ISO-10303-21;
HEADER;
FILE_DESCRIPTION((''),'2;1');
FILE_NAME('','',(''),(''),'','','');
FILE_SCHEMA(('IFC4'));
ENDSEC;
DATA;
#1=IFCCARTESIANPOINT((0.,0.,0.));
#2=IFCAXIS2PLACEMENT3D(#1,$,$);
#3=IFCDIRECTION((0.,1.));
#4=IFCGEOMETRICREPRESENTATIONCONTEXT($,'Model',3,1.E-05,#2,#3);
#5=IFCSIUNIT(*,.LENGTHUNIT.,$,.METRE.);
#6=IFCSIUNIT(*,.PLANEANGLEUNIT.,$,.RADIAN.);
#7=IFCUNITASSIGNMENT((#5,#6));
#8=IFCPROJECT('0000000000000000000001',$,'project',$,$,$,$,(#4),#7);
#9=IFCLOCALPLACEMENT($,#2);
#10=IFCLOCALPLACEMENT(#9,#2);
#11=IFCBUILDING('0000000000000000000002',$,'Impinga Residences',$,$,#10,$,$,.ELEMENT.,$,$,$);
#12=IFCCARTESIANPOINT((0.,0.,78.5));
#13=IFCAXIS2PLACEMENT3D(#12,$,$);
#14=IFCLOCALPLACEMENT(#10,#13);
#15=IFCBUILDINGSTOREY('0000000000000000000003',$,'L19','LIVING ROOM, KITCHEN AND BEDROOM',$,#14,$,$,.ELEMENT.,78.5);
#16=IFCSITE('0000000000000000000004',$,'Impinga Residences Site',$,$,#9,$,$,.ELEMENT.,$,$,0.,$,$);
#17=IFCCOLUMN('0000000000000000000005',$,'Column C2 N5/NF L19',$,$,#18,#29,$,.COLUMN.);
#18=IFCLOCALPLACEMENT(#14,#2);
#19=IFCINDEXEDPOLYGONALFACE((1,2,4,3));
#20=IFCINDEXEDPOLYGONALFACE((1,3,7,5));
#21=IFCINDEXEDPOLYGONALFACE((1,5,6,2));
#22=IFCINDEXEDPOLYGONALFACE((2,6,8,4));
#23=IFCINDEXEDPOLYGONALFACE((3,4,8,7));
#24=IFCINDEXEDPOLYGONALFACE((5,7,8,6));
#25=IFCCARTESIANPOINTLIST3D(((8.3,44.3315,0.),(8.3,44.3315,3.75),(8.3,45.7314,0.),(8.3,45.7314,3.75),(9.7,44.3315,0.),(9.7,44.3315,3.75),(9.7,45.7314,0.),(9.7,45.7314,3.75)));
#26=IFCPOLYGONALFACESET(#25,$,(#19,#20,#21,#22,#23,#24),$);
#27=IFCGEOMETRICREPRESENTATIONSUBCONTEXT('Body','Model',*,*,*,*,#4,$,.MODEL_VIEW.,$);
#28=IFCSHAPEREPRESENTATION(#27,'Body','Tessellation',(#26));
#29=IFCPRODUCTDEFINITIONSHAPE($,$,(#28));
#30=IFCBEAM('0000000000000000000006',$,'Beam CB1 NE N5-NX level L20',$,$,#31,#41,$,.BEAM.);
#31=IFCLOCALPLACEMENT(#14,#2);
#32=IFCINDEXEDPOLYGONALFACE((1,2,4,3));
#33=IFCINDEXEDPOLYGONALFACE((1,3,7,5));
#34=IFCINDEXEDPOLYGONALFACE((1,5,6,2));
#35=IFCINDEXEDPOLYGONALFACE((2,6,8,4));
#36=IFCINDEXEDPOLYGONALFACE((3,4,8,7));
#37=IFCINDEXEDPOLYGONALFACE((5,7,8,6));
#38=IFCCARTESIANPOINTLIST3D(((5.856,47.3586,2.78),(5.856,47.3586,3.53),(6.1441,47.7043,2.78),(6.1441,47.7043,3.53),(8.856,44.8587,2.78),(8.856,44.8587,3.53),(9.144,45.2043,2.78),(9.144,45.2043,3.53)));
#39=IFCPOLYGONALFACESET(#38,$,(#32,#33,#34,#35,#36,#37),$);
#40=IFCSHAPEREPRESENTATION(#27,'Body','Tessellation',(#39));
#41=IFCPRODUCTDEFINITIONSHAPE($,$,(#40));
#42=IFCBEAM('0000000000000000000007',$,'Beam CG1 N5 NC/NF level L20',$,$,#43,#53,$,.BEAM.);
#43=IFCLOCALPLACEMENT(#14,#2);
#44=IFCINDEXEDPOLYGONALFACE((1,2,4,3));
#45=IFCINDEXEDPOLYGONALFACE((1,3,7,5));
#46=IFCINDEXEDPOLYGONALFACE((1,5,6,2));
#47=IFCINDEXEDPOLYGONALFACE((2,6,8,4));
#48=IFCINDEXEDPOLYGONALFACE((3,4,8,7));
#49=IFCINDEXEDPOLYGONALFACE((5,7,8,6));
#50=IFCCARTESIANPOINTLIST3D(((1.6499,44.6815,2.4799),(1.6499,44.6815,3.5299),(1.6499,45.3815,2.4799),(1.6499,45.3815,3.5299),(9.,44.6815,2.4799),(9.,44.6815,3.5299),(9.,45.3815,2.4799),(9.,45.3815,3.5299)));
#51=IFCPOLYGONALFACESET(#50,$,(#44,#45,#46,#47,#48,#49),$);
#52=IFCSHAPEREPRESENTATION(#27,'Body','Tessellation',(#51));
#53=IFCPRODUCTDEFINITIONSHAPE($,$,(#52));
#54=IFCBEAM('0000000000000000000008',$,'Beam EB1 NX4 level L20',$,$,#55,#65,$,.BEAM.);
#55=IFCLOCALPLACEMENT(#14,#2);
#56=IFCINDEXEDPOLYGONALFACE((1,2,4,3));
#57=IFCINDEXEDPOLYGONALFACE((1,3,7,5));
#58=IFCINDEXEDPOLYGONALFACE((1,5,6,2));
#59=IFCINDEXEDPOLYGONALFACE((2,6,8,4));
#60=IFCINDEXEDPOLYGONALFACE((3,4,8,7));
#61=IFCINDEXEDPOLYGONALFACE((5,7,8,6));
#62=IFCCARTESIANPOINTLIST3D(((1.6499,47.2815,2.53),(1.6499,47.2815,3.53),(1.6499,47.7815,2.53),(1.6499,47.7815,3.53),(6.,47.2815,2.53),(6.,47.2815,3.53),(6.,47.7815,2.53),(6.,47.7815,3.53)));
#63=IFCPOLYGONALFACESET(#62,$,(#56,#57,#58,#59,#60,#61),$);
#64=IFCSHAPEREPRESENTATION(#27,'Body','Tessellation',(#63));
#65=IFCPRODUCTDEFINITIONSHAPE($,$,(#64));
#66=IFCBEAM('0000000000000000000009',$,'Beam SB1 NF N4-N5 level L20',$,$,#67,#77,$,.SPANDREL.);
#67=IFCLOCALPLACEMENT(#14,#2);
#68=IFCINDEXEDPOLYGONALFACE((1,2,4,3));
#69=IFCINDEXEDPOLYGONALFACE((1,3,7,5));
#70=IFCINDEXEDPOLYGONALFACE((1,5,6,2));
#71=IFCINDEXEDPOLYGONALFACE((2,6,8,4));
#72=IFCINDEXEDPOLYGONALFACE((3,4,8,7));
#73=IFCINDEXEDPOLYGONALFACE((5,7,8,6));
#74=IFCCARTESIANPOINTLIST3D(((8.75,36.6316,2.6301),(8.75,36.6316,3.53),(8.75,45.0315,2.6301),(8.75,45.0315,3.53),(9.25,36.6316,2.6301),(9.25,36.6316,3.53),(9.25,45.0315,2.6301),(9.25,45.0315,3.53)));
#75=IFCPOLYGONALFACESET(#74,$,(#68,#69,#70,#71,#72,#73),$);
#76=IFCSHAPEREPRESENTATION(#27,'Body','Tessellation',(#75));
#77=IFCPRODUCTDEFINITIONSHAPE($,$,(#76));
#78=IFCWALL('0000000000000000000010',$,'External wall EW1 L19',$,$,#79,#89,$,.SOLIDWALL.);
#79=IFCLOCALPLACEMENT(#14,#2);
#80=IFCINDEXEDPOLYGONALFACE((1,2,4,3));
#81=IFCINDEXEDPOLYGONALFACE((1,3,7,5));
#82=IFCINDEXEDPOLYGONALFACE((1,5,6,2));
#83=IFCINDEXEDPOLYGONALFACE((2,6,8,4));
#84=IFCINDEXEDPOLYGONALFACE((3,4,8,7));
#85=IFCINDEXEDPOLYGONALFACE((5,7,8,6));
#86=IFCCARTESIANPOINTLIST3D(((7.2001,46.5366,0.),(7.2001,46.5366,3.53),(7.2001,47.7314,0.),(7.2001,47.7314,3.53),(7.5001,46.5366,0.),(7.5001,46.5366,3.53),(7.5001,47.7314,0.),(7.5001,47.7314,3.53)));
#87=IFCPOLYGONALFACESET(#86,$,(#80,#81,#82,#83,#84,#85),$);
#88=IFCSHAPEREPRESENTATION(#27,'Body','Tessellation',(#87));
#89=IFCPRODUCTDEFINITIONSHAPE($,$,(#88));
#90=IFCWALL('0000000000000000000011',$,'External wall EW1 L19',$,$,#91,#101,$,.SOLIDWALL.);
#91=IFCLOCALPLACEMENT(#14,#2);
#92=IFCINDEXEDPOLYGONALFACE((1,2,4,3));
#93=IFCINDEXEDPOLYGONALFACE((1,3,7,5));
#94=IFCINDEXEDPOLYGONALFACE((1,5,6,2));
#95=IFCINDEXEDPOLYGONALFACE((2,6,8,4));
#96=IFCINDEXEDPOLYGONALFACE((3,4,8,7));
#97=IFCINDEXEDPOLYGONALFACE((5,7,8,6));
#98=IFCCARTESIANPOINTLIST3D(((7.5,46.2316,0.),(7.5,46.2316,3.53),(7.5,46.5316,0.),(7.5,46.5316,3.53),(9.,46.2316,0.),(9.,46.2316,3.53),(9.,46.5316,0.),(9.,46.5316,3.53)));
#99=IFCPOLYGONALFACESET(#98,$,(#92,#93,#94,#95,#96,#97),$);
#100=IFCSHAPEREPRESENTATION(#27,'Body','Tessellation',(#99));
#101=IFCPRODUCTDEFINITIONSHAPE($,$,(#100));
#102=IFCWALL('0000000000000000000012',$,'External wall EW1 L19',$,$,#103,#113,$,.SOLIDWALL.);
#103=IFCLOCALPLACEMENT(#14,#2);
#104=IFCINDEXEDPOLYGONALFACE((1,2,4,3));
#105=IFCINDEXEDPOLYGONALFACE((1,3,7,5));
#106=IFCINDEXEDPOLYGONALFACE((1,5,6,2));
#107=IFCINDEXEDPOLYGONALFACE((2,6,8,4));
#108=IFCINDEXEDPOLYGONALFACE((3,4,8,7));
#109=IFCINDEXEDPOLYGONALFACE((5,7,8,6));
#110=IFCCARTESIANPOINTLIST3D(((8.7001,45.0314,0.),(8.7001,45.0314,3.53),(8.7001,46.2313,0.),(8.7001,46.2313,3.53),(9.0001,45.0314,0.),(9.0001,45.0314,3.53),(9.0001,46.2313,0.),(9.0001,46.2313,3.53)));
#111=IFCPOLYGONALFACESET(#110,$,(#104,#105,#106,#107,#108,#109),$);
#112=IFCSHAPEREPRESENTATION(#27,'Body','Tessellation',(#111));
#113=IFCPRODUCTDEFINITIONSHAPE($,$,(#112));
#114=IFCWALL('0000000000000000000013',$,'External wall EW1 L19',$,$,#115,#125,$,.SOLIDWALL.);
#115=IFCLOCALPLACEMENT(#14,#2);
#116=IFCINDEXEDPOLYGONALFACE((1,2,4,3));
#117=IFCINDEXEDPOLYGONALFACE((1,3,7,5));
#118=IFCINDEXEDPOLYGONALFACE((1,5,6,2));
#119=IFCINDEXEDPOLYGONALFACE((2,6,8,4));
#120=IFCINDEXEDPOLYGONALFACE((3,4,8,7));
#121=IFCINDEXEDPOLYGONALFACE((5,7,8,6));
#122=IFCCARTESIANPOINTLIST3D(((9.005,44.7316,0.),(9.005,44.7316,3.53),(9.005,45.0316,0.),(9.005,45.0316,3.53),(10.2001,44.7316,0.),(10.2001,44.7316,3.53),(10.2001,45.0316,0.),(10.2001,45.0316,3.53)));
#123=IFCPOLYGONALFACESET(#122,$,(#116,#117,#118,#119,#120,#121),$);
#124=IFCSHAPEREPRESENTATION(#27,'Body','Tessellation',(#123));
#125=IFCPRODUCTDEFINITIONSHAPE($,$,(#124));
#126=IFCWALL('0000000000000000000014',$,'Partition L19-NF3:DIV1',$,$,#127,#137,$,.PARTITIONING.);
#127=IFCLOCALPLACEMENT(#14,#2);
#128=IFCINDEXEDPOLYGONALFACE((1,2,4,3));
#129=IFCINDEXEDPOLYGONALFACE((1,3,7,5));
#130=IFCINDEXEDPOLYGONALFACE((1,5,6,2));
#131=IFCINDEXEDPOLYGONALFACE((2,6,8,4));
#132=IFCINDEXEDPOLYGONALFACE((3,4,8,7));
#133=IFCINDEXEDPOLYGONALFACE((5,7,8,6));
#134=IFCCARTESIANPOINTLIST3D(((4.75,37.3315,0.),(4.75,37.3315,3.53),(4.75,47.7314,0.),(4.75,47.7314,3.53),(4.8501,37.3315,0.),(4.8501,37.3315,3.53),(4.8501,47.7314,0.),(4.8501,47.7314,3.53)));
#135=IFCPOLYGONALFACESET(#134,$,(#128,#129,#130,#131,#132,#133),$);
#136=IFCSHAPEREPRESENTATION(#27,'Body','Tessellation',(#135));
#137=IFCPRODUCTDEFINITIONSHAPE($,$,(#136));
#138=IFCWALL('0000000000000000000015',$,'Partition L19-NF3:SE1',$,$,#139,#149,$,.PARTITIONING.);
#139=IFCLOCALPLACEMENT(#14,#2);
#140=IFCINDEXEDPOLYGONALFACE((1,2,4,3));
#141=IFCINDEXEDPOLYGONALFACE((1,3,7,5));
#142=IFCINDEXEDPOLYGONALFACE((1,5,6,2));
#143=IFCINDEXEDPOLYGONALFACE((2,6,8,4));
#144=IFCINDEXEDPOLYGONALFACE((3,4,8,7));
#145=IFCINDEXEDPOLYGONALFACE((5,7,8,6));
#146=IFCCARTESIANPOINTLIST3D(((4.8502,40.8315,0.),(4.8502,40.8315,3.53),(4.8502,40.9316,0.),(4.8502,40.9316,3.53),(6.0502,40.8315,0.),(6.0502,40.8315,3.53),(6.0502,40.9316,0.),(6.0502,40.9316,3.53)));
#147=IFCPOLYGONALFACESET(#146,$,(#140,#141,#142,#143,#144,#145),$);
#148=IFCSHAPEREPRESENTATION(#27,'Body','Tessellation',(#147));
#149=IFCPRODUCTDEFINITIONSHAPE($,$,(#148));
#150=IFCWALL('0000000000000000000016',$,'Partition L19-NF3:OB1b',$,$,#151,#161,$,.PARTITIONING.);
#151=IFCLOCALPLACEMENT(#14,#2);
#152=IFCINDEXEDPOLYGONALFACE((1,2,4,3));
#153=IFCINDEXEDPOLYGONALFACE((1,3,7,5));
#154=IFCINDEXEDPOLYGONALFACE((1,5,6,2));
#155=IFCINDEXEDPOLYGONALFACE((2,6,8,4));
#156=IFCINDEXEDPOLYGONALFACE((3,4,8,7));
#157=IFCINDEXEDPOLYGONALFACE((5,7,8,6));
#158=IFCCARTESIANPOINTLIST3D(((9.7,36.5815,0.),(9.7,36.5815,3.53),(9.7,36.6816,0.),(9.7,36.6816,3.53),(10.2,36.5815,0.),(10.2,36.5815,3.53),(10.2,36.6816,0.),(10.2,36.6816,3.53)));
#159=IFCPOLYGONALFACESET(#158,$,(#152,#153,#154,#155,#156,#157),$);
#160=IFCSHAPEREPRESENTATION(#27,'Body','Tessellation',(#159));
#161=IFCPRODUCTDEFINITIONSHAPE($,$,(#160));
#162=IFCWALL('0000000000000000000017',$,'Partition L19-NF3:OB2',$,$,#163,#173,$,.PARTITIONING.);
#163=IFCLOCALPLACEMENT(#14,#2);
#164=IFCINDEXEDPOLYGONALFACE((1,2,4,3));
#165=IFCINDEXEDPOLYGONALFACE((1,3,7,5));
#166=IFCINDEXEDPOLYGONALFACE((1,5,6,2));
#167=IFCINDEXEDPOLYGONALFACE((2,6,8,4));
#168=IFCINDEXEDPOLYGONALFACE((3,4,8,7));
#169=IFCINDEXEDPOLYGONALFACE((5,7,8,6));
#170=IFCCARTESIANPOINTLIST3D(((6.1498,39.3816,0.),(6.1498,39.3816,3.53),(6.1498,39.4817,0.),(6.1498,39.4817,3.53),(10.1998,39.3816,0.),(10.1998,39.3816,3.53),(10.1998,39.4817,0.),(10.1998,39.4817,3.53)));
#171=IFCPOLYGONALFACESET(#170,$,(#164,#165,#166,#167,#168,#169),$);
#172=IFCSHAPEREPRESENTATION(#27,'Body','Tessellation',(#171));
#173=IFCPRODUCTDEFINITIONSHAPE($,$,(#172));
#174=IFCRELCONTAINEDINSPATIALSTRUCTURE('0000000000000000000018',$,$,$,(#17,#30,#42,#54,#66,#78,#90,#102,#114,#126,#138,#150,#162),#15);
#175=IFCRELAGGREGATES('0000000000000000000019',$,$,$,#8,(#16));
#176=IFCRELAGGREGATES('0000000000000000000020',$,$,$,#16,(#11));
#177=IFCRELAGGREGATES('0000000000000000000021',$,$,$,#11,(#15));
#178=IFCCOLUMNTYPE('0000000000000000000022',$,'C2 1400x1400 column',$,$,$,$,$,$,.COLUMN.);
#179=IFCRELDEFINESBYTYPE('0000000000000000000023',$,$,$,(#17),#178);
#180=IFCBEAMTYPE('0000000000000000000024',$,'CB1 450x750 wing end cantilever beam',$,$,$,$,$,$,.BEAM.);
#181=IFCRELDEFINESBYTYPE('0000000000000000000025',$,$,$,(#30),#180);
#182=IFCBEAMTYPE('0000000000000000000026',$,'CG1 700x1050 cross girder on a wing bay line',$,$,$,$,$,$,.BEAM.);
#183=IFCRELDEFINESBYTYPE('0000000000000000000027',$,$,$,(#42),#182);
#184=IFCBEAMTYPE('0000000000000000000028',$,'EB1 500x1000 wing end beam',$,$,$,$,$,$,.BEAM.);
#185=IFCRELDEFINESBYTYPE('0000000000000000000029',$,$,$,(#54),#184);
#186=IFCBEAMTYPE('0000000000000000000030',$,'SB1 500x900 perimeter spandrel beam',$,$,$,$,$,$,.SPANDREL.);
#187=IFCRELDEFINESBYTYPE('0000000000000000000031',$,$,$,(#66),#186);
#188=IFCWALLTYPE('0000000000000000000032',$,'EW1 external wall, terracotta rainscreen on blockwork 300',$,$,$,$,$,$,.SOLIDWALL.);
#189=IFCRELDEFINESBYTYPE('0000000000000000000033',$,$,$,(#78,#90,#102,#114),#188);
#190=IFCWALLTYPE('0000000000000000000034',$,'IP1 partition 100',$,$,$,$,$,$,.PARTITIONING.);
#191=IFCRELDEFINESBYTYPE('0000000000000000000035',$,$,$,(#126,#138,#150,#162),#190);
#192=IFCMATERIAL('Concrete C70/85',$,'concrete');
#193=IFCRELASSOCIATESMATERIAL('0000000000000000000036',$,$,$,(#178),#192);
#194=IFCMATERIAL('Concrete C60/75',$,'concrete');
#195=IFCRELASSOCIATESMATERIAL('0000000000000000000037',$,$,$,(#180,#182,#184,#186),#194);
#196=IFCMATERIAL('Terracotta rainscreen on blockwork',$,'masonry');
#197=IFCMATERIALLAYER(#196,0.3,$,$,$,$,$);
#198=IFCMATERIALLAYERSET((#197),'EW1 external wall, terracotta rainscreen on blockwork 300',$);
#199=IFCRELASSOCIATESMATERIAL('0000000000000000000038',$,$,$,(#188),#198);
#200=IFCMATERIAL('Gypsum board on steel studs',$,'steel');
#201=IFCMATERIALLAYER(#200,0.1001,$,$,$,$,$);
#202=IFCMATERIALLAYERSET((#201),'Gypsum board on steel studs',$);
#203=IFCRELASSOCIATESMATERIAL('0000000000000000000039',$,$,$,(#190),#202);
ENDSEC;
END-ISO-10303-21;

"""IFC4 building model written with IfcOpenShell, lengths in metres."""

from ifc_helpers import new_model, si_unit, direction, frame, frame_2d, origin, origin_2d, place, context, subcontext, project, spatial, rectangle, extrude, material, layer, layer_set, material_profile, profile_set, type_object, element, save


model = new_model("IFC4")

# Units and contexts
model_context = context("Model", 3, precision=1e-05, world=origin(), true_north=direction((0.0, 1.0)))
body_context = subcontext(model_context, "Body", "Model", "MODEL_VIEW")
ifc_project = project(units=[si_unit("LENGTHUNIT", "METRE"), si_unit("PLANEANGLEUNIT", "RADIAN")], contexts=[model_context])

# Site, building, storey
site_placement = place(None, origin())
site = spatial("IfcSite", under=ifc_project, at=site_placement, Name="Impinga Residences Site", CompositionType="ELEMENT", RefElevation=0.0)
building_placement = place(site_placement, origin())
building = spatial("IfcBuilding", under=site, at=building_placement, Name="Impinga Residences", CompositionType="ELEMENT")
storey_placement = place(building_placement, frame((0.0, 0.0, 78.5)))
storey = spatial("IfcBuildingStorey", under=building, at=storey_placement, Name="L19", Description="LIVING ROOM, KITCHEN AND BEDROOM", CompositionType="ELEMENT", Elevation=78.5)

# Column
ifc_material_1 = material(Name="Concrete C70/85", Category="concrete")
ifc_material_profile_1 = material_profile(ifc_material_1, rectangle(XDim=1.3999, YDim=1.3999, at=origin_2d()), Name="RC 1400x1400")
ifc_profile_set_1 = profile_set([ifc_material_profile_1], Name="Concrete C70/85")
column_type = type_object("IfcColumnType", Name="C2 1400x1400 column", PredefinedType="COLUMN", material=ifc_profile_set_1)
column_placement = place(storey_placement, frame((9.0, 45.0315, 0.0), z_axis=(0.0, 0.0, 1.0), x_axis=(1.0, 0.0, 0.0)))
element("IfcColumn", 1, at=column_placement, inside=storey, type_object=column_type, Name="Column C2 N5/NF L19", PredefinedType="COLUMN", context=body_context, shape_type="SweptSolid", body=[
    extrude(rectangle(XDim=1.3999, YDim=1.3999, at=origin_2d()), origin(), (0.0, 0.0, 1.0), 3.75),
])

# Beams
ifc_material_2 = material(Name="Concrete C60/75", Category="concrete")
ifc_material_profile_2 = material_profile(ifc_material_2, rectangle(XDim=0.45, YDim=0.75, at=origin_2d()), Name="RC 450x750")
ifc_profile_set_2 = profile_set([ifc_material_profile_2], Name="Concrete C60/75")
beam_type_1 = type_object("IfcBeamType", Name="CB1 450x750 wing end cantilever beam", PredefinedType="BEAM", material=ifc_profile_set_2)
beam_1_placement = place(storey_placement, frame((9.0, 45.0315, 3.155), z_axis=(-0.768221, 0.640184, 0.0), x_axis=(-0.640184, -0.768221, 0.0)))
element("IfcBeam", 2, at=beam_1_placement, inside=storey, type_object=beam_type_1, Name="Beam CB1 NE N5-NX level L20", PredefinedType="BEAM", context=body_context, shape_type="SweptSolid", body=[
    extrude(rectangle(XDim=0.45, YDim=0.75, at=origin_2d()), origin(), (0.0, 0.0, 1.0), 3.905),
])
ifc_material_profile_3 = material_profile(ifc_material_2, rectangle(XDim=0.7, YDim=1.05, at=origin_2d()), Name="RC 700x1050")
ifc_profile_set_3 = profile_set([ifc_material_profile_3], Name="Concrete C60/75")
beam_type_2 = type_object("IfcBeamType", Name="CG1 700x1050 cross girder on a wing bay line", PredefinedType="BEAM", material=ifc_profile_set_3)
beam_2_placement = place(storey_placement, frame((1.6499, 45.0315, 3.0049), z_axis=(1.0, 0.0, 0.0), x_axis=(0.0, 1.0, 0.0)))
element("IfcBeam", 3, at=beam_2_placement, inside=storey, type_object=beam_type_2, Name="Beam CG1 N5 NC/NF level L20", PredefinedType="BEAM", context=body_context, shape_type="SweptSolid", body=[
    extrude(rectangle(XDim=0.7, YDim=1.05, at=origin_2d()), origin(), (0.0, 0.0, 1.0), 7.3501),
])
ifc_material_profile_4 = material_profile(ifc_material_2, rectangle(XDim=0.5, YDim=1.0, at=origin_2d()), Name="RC 500x1000")
ifc_profile_set_4 = profile_set([ifc_material_profile_4], Name="Concrete C60/75")
beam_type_3 = type_object("IfcBeamType", Name="EB1 500x1000 wing end beam", PredefinedType="BEAM", material=ifc_profile_set_4)
beam_3_placement = place(storey_placement, frame((1.6499, 47.5315, 3.03), z_axis=(1.0, 0.0, 0.0), x_axis=(0.0, 1.0, 0.0)))
element("IfcBeam", 4, at=beam_3_placement, inside=storey, type_object=beam_type_3, Name="Beam EB1 NX4 level L20", PredefinedType="BEAM", context=body_context, shape_type="SweptSolid", body=[
    extrude(rectangle(XDim=0.5, YDim=1.0, at=origin_2d()), origin(), (0.0, 0.0, 1.0), 4.3501),
])
ifc_material_profile_5 = material_profile(ifc_material_2, rectangle(XDim=0.5, YDim=0.8999, at=origin_2d()), Name="RC 500x900")
ifc_profile_set_5 = profile_set([ifc_material_profile_5], Name="Concrete C60/75")
beam_type_4 = type_object("IfcBeamType", Name="SB1 500x900 perimeter spandrel beam", PredefinedType="SPANDREL", material=ifc_profile_set_5)
beam_4_placement = place(storey_placement, frame((9.0, 36.6316, 3.0801), z_axis=(0.0, 1.0, 0.0), x_axis=(-1.0, 0.0, 0.0)))
element("IfcBeam", 5, at=beam_4_placement, inside=storey, type_object=beam_type_4, Name="Beam SB1 NF N4-N5 level L20", PredefinedType="SPANDREL", context=body_context, shape_type="SweptSolid", body=[
    extrude(rectangle(XDim=0.5, YDim=0.8999, at=origin_2d()), origin(), (0.0, 0.0, 1.0), 8.3999),
])

# Walls
ifc_material_3 = material(Name="Terracotta rainscreen on blockwork", Category="masonry")
ifc_layer_1 = layer(ifc_material_3, 0.3)
ifc_layer_set_1 = layer_set([ifc_layer_1], Name="EW1 external wall, terracotta rainscreen on blockwork 300")
wall_type_1 = type_object("IfcWallType", Name="EW1 external wall, terracotta rainscreen on blockwork 300", PredefinedType="SOLIDWALL", material=ifc_layer_set_1)
wall_1_placement = place(storey_placement, frame((7.3501, 47.7314, 0.0), z_axis=(0.0, 0.0, 1.0), x_axis=(0.0, -1.0, 0.0)))
element("IfcWall", 6, at=wall_1_placement, inside=storey, type_object=wall_type_1, Name="External wall EW1 L19", PredefinedType="SOLIDWALL", context=body_context, shape_type="SweptSolid", body=[
    extrude(rectangle(XDim=1.1948, YDim=0.3, at=frame_2d((0.5974, 0.0))), origin(), (0.0, 0.0, 1.0), 3.53),
])
wall_2_placement = place(storey_placement, frame((7.5, 46.3816, 0.0), z_axis=(0.0, 0.0, 1.0), x_axis=(1.0, 0.0, 0.0)))
element("IfcWall", 7, at=wall_2_placement, inside=storey, type_object=wall_type_1, Name="External wall EW1 L19", PredefinedType="SOLIDWALL", context=body_context, shape_type="SweptSolid", body=[
    extrude(rectangle(XDim=1.5, YDim=0.3, at=frame_2d((0.75, 0.0))), origin(), (0.0, 0.0, 1.0), 3.53),
])
wall_3_placement = place(storey_placement, frame((8.8501, 46.2314, 0.0), z_axis=(0.0, 0.0, 1.0), x_axis=(0.0, -1.0, 0.0)))
element("IfcWall", 8, at=wall_3_placement, inside=storey, type_object=wall_type_1, Name="External wall EW1 L19", PredefinedType="SOLIDWALL", context=body_context, shape_type="SweptSolid", body=[
    extrude(rectangle(XDim=1.2, YDim=0.3, at=frame_2d((0.6001, 0.0))), origin(), (0.0, 0.0, 1.0), 3.53),
])
wall_4_placement = place(storey_placement, frame((9.0049, 44.8816, 0.0), z_axis=(0.0, 0.0, 1.0), x_axis=(1.0, 0.0, 0.0)))
element("IfcWall", 9, at=wall_4_placement, inside=storey, type_object=wall_type_1, Name="External wall EW1 L19", PredefinedType="SOLIDWALL", context=body_context, shape_type="SweptSolid", body=[
    extrude(rectangle(XDim=1.1951, YDim=0.3, at=frame_2d((0.5977, 0.0))), origin(), (0.0, 0.0, 1.0), 3.53),
])

# Walls
ifc_material_4 = material(Name="Gypsum board on steel studs", Category="steel")
ifc_layer_2 = layer(ifc_material_4, 0.1001)
ifc_layer_set_2 = layer_set([ifc_layer_2], Name="Gypsum board on steel studs")
wall_type_2 = type_object("IfcWallType", Name="IP1 partition 100", PredefinedType="PARTITIONING", material=ifc_layer_set_2)
wall_5_placement = place(storey_placement, frame((4.8, 37.3315, 0.0), z_axis=(0.0, 0.0, 1.0), x_axis=(0.0, 1.0, 0.0)))
element("IfcWall", 10, at=wall_5_placement, inside=storey, type_object=wall_type_2, Name="Partition L19-NF3:DIV1", PredefinedType="PARTITIONING", context=body_context, shape_type="SweptSolid", body=[
    extrude(rectangle(XDim=10.3999, YDim=0.1001, at=frame_2d((5.2, 0.0))), origin(), (0.0, 0.0, 1.0), 3.53),
])
wall_6_placement = place(storey_placement, frame((4.8501, 40.8816, 0.0), z_axis=(0.0, 0.0, 1.0), x_axis=(1.0, 0.0, 0.0)))
element("IfcWall", 11, at=wall_6_placement, inside=storey, type_object=wall_type_2, Name="Partition L19-NF3:SE1", PredefinedType="PARTITIONING", context=body_context, shape_type="SweptSolid", body=[
    extrude(rectangle(XDim=1.2, YDim=0.1001, at=frame_2d((0.6001, 0.0))), origin(), (0.0, 0.0, 1.0), 3.53),
])
wall_7_placement = place(storey_placement, frame((9.7, 36.6316, 0.0), z_axis=(0.0, 0.0, 1.0), x_axis=(1.0, 0.0, 0.0)))
element("IfcWall", 12, at=wall_7_placement, inside=storey, type_object=wall_type_2, Name="Partition L19-NF3:OB1b", PredefinedType="PARTITIONING", context=body_context, shape_type="SweptSolid", body=[
    extrude(rectangle(XDim=0.5, YDim=0.1001, at=frame_2d((0.25, 0.0))), origin(), (0.0, 0.0, 1.0), 3.53),
])
wall_8_placement = place(storey_placement, frame((6.1499, 39.4316, 0.0), z_axis=(0.0, 0.0, 1.0), x_axis=(1.0, 0.0, 0.0)))
element("IfcWall", 13, at=wall_8_placement, inside=storey, type_object=wall_type_2, Name="Partition L19-NF3:OB2", PredefinedType="PARTITIONING", context=body_context, shape_type="SweptSolid", body=[
    extrude(rectangle(XDim=4.05, YDim=0.1001, at=frame_2d((2.0249, 0.0))), origin(), (0.0, 0.0, 1.0), 3.53),
])

save(model, "model.ifc")
